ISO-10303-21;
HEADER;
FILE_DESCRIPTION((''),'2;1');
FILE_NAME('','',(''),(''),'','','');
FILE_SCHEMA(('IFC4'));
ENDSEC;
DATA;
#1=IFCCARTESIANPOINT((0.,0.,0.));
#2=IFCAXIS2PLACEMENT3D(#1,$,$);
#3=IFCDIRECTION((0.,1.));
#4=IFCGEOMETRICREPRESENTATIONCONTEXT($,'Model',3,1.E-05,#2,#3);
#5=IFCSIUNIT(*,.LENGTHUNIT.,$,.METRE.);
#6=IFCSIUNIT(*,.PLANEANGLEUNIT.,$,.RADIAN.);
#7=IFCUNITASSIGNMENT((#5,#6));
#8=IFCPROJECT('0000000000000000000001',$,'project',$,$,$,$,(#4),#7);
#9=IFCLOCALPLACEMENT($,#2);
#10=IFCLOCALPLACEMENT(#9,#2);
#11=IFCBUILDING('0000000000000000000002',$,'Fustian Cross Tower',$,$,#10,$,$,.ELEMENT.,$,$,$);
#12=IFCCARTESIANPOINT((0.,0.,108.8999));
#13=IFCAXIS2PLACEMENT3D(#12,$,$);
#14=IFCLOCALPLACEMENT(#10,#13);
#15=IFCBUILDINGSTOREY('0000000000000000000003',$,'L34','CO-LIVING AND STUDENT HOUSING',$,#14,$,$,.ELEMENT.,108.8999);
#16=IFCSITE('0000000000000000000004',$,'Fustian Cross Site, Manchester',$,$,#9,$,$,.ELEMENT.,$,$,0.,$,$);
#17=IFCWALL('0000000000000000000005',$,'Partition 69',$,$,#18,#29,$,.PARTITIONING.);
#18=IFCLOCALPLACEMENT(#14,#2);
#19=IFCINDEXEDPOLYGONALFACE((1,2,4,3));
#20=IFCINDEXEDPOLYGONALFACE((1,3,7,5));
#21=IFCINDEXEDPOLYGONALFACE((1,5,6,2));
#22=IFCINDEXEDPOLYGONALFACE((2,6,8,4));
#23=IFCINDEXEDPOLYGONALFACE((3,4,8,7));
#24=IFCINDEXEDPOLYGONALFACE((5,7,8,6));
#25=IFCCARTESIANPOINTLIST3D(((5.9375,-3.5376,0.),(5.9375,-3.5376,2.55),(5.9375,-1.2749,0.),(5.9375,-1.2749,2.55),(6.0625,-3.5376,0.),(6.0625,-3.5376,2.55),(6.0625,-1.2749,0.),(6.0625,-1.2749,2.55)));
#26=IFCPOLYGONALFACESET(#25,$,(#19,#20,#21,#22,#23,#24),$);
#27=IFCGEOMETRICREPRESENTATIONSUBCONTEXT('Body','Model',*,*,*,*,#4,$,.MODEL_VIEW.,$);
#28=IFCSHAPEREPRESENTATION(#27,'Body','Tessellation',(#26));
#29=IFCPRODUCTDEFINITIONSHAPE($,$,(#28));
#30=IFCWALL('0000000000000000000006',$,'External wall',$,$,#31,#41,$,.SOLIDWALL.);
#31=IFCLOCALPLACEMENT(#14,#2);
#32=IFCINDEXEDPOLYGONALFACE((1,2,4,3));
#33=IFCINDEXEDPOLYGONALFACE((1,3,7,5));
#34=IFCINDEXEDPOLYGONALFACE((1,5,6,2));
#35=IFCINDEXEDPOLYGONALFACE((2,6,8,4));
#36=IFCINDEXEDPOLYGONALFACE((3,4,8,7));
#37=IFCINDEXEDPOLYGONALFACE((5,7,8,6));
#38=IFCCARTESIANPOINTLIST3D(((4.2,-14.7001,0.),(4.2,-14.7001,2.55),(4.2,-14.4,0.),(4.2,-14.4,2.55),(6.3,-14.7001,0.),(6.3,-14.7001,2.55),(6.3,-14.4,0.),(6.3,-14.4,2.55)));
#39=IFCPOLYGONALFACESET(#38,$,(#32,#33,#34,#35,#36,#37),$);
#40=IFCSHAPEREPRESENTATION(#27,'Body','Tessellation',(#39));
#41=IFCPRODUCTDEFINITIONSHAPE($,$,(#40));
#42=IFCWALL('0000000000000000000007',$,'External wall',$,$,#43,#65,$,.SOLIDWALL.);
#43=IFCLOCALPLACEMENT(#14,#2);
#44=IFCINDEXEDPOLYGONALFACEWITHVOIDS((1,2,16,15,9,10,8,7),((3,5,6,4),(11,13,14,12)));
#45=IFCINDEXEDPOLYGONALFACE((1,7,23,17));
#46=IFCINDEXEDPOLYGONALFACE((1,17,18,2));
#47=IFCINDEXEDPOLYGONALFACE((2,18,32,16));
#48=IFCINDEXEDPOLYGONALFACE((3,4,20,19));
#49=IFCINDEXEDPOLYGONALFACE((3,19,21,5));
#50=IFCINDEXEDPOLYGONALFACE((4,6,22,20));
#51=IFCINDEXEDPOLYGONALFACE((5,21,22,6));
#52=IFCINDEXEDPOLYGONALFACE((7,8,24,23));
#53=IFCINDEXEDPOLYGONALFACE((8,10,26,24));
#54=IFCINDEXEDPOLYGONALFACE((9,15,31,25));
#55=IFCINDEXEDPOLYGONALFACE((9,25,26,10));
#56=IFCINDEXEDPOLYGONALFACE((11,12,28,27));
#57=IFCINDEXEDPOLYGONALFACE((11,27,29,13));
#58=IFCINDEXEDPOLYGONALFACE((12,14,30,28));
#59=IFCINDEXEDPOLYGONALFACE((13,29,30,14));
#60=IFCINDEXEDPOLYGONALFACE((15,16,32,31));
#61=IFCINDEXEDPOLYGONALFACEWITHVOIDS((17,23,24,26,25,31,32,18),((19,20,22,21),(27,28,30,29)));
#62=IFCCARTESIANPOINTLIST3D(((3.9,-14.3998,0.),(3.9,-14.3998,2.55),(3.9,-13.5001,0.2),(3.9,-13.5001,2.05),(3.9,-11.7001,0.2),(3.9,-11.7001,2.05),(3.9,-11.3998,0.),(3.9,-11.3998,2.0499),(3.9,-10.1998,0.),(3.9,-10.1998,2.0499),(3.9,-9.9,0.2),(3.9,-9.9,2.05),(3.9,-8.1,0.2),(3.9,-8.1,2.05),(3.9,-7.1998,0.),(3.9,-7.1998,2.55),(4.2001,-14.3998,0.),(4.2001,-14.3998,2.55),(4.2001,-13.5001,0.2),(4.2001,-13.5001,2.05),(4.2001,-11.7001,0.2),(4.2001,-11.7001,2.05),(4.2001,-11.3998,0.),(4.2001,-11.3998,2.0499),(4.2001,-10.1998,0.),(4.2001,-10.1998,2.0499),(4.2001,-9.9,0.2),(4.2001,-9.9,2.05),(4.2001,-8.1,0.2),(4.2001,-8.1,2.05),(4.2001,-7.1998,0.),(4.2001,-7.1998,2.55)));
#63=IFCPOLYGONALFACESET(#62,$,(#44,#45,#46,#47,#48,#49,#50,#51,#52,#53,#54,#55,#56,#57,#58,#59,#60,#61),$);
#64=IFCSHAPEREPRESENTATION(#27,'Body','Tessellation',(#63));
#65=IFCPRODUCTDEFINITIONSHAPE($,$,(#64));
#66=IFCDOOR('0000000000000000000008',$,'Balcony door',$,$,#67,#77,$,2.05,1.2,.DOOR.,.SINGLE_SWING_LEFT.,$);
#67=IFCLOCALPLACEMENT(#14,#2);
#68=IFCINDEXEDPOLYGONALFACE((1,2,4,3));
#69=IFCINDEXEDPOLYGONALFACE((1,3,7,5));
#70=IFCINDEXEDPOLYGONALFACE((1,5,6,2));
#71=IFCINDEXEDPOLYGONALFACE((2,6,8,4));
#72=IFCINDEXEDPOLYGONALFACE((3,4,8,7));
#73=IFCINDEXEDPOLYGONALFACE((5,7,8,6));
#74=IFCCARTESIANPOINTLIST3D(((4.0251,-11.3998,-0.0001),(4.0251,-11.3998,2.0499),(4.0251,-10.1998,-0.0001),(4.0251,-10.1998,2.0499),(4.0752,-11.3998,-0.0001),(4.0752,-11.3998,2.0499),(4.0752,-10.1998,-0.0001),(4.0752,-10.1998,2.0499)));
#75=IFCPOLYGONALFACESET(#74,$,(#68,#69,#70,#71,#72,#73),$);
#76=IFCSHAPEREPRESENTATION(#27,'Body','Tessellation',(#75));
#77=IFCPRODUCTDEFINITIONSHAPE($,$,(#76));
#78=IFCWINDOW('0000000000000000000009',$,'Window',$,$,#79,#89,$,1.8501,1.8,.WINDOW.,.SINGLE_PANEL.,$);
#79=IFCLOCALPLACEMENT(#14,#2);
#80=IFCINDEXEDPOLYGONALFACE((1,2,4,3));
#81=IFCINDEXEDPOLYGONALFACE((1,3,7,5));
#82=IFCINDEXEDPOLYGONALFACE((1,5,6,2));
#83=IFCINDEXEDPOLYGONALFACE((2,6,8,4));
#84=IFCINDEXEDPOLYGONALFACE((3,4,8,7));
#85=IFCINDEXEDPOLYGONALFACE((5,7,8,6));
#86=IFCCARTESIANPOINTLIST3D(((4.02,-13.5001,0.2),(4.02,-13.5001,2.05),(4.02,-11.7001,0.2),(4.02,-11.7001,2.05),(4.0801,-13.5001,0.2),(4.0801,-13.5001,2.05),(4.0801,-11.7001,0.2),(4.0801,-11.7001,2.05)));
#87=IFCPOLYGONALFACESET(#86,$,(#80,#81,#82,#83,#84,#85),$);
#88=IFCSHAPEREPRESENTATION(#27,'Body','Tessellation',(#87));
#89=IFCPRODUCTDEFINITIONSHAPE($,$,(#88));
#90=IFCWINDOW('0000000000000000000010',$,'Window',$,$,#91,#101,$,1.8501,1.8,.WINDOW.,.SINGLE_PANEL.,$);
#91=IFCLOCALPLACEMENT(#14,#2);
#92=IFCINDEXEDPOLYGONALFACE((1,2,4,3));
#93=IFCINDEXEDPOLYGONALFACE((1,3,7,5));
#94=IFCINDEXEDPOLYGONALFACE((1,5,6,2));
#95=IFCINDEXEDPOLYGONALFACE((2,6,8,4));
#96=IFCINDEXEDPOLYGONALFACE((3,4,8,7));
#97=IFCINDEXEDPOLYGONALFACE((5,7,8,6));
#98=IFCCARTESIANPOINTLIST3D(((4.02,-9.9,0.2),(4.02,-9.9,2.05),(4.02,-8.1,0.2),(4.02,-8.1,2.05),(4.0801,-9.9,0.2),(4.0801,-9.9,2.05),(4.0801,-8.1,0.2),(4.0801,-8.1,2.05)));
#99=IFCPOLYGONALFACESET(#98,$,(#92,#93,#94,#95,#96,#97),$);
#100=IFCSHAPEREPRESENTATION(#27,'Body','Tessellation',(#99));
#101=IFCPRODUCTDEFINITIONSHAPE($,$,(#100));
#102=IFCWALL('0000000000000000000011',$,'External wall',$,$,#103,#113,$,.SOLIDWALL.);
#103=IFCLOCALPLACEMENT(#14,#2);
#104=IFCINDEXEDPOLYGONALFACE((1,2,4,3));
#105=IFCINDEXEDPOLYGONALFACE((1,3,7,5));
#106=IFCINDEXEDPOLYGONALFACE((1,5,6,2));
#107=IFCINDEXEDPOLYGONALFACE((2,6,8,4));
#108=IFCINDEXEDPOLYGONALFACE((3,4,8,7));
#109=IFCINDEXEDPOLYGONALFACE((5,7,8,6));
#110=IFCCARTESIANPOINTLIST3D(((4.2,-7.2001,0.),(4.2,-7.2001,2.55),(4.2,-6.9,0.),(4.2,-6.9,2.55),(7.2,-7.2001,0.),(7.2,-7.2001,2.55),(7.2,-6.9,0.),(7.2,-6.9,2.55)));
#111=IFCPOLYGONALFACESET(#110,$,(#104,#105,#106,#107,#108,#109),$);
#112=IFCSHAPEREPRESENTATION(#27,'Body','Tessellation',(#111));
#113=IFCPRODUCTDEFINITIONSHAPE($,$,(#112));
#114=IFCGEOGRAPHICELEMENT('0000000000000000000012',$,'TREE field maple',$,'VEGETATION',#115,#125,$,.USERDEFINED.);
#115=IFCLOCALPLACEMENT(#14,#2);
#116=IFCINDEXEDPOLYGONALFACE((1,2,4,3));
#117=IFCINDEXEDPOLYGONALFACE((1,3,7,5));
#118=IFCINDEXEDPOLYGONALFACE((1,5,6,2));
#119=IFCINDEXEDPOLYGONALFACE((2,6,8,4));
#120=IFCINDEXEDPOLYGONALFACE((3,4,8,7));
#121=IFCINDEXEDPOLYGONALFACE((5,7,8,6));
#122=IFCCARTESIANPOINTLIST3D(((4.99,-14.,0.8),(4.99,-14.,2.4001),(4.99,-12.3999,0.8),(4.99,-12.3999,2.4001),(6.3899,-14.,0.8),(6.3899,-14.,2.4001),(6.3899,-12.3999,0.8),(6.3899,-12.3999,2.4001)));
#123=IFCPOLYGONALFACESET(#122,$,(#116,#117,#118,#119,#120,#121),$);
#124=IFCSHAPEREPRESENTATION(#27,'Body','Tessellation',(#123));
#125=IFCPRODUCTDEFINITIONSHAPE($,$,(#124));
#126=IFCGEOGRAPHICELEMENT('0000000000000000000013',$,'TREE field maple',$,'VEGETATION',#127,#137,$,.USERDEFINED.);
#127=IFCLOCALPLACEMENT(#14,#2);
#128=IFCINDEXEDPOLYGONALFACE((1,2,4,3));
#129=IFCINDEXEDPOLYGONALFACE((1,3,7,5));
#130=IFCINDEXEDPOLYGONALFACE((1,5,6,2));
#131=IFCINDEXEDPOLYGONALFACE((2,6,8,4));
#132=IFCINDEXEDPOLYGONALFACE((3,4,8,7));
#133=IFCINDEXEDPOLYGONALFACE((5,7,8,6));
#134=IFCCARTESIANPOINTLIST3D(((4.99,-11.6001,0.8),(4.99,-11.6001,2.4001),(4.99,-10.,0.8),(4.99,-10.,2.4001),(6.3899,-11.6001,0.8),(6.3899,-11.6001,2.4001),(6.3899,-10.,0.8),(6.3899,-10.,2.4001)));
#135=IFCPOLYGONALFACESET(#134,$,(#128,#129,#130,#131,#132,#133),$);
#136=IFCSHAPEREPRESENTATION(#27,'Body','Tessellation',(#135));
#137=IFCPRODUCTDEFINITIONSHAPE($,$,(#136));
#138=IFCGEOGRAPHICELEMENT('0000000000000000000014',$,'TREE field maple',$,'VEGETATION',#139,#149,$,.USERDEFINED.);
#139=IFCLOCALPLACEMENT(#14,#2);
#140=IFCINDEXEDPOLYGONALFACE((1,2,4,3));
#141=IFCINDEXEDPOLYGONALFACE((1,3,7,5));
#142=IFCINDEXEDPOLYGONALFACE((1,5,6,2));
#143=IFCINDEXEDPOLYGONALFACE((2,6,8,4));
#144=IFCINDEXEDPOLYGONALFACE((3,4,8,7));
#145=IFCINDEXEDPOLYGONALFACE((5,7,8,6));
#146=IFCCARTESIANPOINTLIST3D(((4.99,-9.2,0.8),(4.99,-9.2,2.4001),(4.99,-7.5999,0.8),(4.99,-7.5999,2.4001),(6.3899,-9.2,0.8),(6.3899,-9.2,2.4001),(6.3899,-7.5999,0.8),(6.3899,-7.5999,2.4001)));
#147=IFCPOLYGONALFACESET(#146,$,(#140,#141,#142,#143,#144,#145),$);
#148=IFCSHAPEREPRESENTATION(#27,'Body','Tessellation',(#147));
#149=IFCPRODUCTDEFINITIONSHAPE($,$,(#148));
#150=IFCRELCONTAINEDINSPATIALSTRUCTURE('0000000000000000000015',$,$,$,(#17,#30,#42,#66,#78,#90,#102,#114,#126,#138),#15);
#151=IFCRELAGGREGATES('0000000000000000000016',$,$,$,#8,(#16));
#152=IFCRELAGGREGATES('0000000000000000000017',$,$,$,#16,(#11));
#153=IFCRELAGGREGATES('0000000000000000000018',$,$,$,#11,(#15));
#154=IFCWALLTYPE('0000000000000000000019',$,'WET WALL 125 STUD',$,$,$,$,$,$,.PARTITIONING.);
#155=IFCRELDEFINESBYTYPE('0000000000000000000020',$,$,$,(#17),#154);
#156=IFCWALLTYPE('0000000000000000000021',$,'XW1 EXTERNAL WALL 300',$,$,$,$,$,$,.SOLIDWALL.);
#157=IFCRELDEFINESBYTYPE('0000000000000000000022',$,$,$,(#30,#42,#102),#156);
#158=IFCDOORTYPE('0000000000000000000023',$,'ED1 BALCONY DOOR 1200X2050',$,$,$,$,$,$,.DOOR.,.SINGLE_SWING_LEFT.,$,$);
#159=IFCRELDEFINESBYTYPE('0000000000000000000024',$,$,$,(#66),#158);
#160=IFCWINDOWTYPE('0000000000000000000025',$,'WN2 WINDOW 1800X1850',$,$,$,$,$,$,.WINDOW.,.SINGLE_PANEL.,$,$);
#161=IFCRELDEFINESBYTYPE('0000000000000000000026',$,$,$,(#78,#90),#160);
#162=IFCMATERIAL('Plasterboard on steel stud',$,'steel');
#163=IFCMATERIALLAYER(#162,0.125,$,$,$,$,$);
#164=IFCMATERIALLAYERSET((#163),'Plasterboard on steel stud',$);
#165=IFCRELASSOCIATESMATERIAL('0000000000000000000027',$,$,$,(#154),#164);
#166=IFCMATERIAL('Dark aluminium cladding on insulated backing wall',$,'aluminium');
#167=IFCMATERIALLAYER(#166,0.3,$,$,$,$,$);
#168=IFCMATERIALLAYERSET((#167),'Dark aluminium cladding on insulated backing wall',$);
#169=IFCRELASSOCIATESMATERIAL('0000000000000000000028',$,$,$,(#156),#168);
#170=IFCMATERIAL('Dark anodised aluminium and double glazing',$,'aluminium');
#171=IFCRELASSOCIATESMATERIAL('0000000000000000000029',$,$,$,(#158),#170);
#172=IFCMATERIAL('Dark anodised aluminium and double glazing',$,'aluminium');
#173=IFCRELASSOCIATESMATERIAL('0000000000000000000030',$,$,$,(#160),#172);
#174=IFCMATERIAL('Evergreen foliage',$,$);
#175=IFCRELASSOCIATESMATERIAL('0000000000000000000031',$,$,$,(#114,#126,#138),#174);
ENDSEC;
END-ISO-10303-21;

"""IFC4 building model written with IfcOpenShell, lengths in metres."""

from ifc_helpers import new_model, si_unit, direction, frame, frame_2d, origin, origin_2d, place, context, subcontext, project, spatial, rectangle, extrude, material, layer, layer_set, type_object, element, fill, save


model = new_model("IFC4")

# Units and contexts
model_context = context("Model", 3, precision=1e-05, world=origin(), true_north=direction((0.0, 1.0)))
body_context = subcontext(model_context, "Body", "Model", "MODEL_VIEW")
ifc_project = project(units=[si_unit("LENGTHUNIT", "METRE"), si_unit("PLANEANGLEUNIT", "RADIAN")], contexts=[model_context])

# Site, building, storey
site_placement = place(None, origin())
site = spatial("IfcSite", under=ifc_project, at=site_placement, Name="Fustian Cross Site, Manchester", CompositionType="ELEMENT", RefElevation=0.0)
building_placement = place(site_placement, origin())
building = spatial("IfcBuilding", under=site, at=building_placement, Name="Fustian Cross Tower", CompositionType="ELEMENT")
storey_placement = place(building_placement, frame((0.0, 0.0, 108.8999)))
storey = spatial("IfcBuildingStorey", under=building, at=storey_placement, Name="L34", Description="CO-LIVING AND STUDENT HOUSING", CompositionType="ELEMENT", Elevation=108.8999)

# Walls
ifc_material_1 = material(Name="Plasterboard on steel stud", Category="steel")
ifc_layer_1 = layer(ifc_material_1, 0.125)
ifc_layer_set_1 = layer_set([ifc_layer_1], Name="Plasterboard on steel stud")
wall_type_1 = type_object("IfcWallType", Name="WET WALL 125 STUD", PredefinedType="PARTITIONING", material=ifc_layer_set_1)
for number, where, z_axis, x_axis, name in (
    (1, (6.0, -3.5376, 0.0), (0.0, 0.0, 1.0), (0.0, 1.0, 0.0), "Partition 69"),
):
    element("IfcWall", number, at=place(storey_placement, frame(where, z_axis=z_axis, x_axis=x_axis)), inside=storey, type_object=wall_type_1, Name=name, PredefinedType="PARTITIONING", context=body_context, shape_type="SweptSolid", body=[
        extrude(rectangle(XDim=2.2627, YDim=0.125, at=frame_2d((1.1313, 0.0))), origin(), (0.0, 0.0, 1.0), 2.55),
    ])
ifc_material_2 = material(Name="Dark aluminium cladding on insulated backing wall", Category="aluminium")
ifc_layer_2 = layer(ifc_material_2, 0.3)
ifc_layer_set_2 = layer_set([ifc_layer_2], Name="Dark aluminium cladding on insulated backing wall")
wall_type_2 = type_object("IfcWallType", Name="XW1 EXTERNAL WALL 300", PredefinedType="SOLIDWALL", material=ifc_layer_set_2)
wall_1_placement = place(storey_placement, frame((6.3, -14.55, 0.0), z_axis=(0.0, 0.0, 1.0), x_axis=(-1.0, 0.0, 0.0)))
element("IfcWall", 2, at=wall_1_placement, inside=storey, type_object=wall_type_2, Name="External wall", PredefinedType="SOLIDWALL", context=body_context, shape_type="SweptSolid", body=[
    extrude(rectangle(XDim=2.1001, YDim=0.3, at=frame_2d((1.05, 0.0))), origin(), (0.0, 0.0, 1.0), 2.55),
])

# Wall, openings, door, windows
wall_2_placement = place(storey_placement, frame((4.05, -14.3999, 0.0), z_axis=(0.0, 0.0, 1.0), x_axis=(0.0, 1.0, 0.0)))
wall_2 = element("IfcWall", 3, at=wall_2_placement, inside=storey, type_object=wall_type_2, Name="External wall", PredefinedType="SOLIDWALL", context=body_context, shape_type="SweptSolid", body=[
    extrude(rectangle(XDim=7.2, YDim=0.3, at=frame_2d((3.6001, 0.0))), origin(), (0.0, 0.0, 1.0), 2.55),
])
opening_1_placement = place(wall_2_placement, frame((3.0, 0.0, 0.0)))
opening_1 = element("IfcOpeningElement", 4, at=opening_1_placement, cuts=wall_2, PredefinedType="OPENING", context=body_context, shape_type="SweptSolid", body=[
    extrude(rectangle(XDim=1.2, YDim=2.05, at=frame_2d((0.6001, 1.0249))), frame((0.0, 0.1599, 0.0), z_axis=(0.0, -1.0, 0.0), x_axis=(1.0, 0.0, 0.0)), (0.0, 0.0, 1.0), 0.3201),
])
opening_2_placement = place(wall_2_placement, frame((0.8999, 0.0, 0.2)))
opening_2 = element("IfcOpeningElement", 5, at=opening_2_placement, cuts=wall_2, PredefinedType="OPENING", context=body_context, shape_type="SweptSolid", body=[
    extrude(rectangle(XDim=1.8, YDim=1.8501, at=frame_2d((0.8999, 0.925))), frame((0.0, 0.1599, 0.0), z_axis=(0.0, -1.0, 0.0), x_axis=(1.0, 0.0, 0.0)), (0.0, 0.0, 1.0), 0.3201),
])
opening_3_placement = place(wall_2_placement, frame((4.5, 0.0, 0.2)))
opening_3 = element("IfcOpeningElement", 6, at=opening_3_placement, cuts=wall_2, PredefinedType="OPENING", context=body_context, shape_type="SweptSolid", body=[
    extrude(rectangle(XDim=1.8, YDim=1.8501, at=frame_2d((0.8999, 0.925))), frame((0.0, 0.1599, 0.0), z_axis=(0.0, -1.0, 0.0), x_axis=(1.0, 0.0, 0.0)), (0.0, 0.0, 1.0), 0.3201),
])
ifc_material_3 = material(Name="Dark anodised aluminium and double glazing", Category="aluminium")
door_type = type_object("IfcDoorType", Name="ED1 BALCONY DOOR 1200X2050", OperationType="SINGLE_SWING_LEFT", PredefinedType="DOOR", material=ifc_material_3)
door_placement = place(opening_1_placement, origin())
door = element("IfcDoor", 7, at=door_placement, inside=storey, type_object=door_type, Name="Balcony door", OperationType="SINGLE_SWING_LEFT", OverallHeight=2.05, OverallWidth=1.2, PredefinedType="DOOR", context=body_context, shape_type="SweptSolid", body=[
    extrude(rectangle(XDim=1.2, YDim=2.05, at=frame_2d((0.6001, 1.0249))), frame((0.0, 0.0249, 0.0), z_axis=(0.0, -1.0, 0.0), x_axis=(1.0, 0.0, 0.0)), (0.0, 0.0, 1.0), 0.05),
])
fill(opening_1, door)
ifc_material_4 = material(Name="Dark anodised aluminium and double glazing", Category="aluminium")
window_type = type_object("IfcWindowType", Name="WN2 WINDOW 1800X1850", PartitioningType="SINGLE_PANEL", PredefinedType="WINDOW", material=ifc_material_4)
window_1_placement = place(opening_2_placement, origin())
window_1 = element("IfcWindow", 8, at=window_1_placement, inside=storey, type_object=window_type, Name="Window", OverallHeight=1.8501, OverallWidth=1.8, PartitioningType="SINGLE_PANEL", PredefinedType="WINDOW", context=body_context, shape_type="SweptSolid", body=[
    extrude(rectangle(XDim=1.8, YDim=1.8501, at=frame_2d((0.8999, 0.925))), frame((0.0, 0.03, 0.0), z_axis=(0.0, -1.0, 0.0), x_axis=(1.0, 0.0, 0.0)), (0.0, 0.0, 1.0), 0.0601),
])
fill(opening_2, window_1)
window_2_placement = place(opening_3_placement, origin())
window_2 = element("IfcWindow", 9, at=window_2_placement, inside=storey, type_object=window_type, Name="Window", OverallHeight=1.8501, OverallWidth=1.8, PartitioningType="SINGLE_PANEL", PredefinedType="WINDOW", context=body_context, shape_type="SweptSolid", body=[
    extrude(rectangle(XDim=1.8, YDim=1.8501, at=frame_2d((0.8999, 0.925))), frame((0.0, 0.03, 0.0), z_axis=(0.0, -1.0, 0.0), x_axis=(1.0, 0.0, 0.0)), (0.0, 0.0, 1.0), 0.0601),
])
fill(opening_3, window_2)

# Wall
wall_3_placement = place(storey_placement, frame((4.2, -7.05, 0.0), z_axis=(0.0, 0.0, 1.0), x_axis=(1.0, 0.0, 0.0)))
element("IfcWall", 10, at=wall_3_placement, inside=storey, type_object=wall_type_2, Name="External wall", PredefinedType="SOLIDWALL", context=body_context, shape_type="SweptSolid", body=[
    extrude(rectangle(XDim=3.0, YDim=0.3, at=frame_2d((1.5, 0.0))), origin(), (0.0, 0.0, 1.0), 2.55),
])

# Geographic elements
ifc_material_5 = material(Name="Evergreen foliage")
for number, where, z_axis, x_axis, name in (
    (11, (5.6899, -13.2, 0.8), (0.0, 0.0, 1.0), (1.0, 0.0, 0.0), "TREE field maple"),
    (12, (5.6899, -10.8, 0.8), (0.0, 0.0, 1.0), (1.0, 0.0, 0.0), "TREE field maple"),
    (13, (5.6899, -8.3999, 0.8), (0.0, 0.0, 1.0), (1.0, 0.0, 0.0), "TREE field maple"),
):
    element("IfcGeographicElement", number, at=place(storey_placement, frame(where, z_axis=z_axis, x_axis=x_axis)), inside=storey, material=ifc_material_5, Name=name, ObjectType="VEGETATION", PredefinedType="USERDEFINED", context=body_context, shape_type="SweptSolid", body=[
        extrude(rectangle(XDim=1.3999, YDim=1.6001, at=origin_2d()), origin(), (0.0, 0.0, 1.0), 1.6001),
    ])

save(model, "model.ifc")
